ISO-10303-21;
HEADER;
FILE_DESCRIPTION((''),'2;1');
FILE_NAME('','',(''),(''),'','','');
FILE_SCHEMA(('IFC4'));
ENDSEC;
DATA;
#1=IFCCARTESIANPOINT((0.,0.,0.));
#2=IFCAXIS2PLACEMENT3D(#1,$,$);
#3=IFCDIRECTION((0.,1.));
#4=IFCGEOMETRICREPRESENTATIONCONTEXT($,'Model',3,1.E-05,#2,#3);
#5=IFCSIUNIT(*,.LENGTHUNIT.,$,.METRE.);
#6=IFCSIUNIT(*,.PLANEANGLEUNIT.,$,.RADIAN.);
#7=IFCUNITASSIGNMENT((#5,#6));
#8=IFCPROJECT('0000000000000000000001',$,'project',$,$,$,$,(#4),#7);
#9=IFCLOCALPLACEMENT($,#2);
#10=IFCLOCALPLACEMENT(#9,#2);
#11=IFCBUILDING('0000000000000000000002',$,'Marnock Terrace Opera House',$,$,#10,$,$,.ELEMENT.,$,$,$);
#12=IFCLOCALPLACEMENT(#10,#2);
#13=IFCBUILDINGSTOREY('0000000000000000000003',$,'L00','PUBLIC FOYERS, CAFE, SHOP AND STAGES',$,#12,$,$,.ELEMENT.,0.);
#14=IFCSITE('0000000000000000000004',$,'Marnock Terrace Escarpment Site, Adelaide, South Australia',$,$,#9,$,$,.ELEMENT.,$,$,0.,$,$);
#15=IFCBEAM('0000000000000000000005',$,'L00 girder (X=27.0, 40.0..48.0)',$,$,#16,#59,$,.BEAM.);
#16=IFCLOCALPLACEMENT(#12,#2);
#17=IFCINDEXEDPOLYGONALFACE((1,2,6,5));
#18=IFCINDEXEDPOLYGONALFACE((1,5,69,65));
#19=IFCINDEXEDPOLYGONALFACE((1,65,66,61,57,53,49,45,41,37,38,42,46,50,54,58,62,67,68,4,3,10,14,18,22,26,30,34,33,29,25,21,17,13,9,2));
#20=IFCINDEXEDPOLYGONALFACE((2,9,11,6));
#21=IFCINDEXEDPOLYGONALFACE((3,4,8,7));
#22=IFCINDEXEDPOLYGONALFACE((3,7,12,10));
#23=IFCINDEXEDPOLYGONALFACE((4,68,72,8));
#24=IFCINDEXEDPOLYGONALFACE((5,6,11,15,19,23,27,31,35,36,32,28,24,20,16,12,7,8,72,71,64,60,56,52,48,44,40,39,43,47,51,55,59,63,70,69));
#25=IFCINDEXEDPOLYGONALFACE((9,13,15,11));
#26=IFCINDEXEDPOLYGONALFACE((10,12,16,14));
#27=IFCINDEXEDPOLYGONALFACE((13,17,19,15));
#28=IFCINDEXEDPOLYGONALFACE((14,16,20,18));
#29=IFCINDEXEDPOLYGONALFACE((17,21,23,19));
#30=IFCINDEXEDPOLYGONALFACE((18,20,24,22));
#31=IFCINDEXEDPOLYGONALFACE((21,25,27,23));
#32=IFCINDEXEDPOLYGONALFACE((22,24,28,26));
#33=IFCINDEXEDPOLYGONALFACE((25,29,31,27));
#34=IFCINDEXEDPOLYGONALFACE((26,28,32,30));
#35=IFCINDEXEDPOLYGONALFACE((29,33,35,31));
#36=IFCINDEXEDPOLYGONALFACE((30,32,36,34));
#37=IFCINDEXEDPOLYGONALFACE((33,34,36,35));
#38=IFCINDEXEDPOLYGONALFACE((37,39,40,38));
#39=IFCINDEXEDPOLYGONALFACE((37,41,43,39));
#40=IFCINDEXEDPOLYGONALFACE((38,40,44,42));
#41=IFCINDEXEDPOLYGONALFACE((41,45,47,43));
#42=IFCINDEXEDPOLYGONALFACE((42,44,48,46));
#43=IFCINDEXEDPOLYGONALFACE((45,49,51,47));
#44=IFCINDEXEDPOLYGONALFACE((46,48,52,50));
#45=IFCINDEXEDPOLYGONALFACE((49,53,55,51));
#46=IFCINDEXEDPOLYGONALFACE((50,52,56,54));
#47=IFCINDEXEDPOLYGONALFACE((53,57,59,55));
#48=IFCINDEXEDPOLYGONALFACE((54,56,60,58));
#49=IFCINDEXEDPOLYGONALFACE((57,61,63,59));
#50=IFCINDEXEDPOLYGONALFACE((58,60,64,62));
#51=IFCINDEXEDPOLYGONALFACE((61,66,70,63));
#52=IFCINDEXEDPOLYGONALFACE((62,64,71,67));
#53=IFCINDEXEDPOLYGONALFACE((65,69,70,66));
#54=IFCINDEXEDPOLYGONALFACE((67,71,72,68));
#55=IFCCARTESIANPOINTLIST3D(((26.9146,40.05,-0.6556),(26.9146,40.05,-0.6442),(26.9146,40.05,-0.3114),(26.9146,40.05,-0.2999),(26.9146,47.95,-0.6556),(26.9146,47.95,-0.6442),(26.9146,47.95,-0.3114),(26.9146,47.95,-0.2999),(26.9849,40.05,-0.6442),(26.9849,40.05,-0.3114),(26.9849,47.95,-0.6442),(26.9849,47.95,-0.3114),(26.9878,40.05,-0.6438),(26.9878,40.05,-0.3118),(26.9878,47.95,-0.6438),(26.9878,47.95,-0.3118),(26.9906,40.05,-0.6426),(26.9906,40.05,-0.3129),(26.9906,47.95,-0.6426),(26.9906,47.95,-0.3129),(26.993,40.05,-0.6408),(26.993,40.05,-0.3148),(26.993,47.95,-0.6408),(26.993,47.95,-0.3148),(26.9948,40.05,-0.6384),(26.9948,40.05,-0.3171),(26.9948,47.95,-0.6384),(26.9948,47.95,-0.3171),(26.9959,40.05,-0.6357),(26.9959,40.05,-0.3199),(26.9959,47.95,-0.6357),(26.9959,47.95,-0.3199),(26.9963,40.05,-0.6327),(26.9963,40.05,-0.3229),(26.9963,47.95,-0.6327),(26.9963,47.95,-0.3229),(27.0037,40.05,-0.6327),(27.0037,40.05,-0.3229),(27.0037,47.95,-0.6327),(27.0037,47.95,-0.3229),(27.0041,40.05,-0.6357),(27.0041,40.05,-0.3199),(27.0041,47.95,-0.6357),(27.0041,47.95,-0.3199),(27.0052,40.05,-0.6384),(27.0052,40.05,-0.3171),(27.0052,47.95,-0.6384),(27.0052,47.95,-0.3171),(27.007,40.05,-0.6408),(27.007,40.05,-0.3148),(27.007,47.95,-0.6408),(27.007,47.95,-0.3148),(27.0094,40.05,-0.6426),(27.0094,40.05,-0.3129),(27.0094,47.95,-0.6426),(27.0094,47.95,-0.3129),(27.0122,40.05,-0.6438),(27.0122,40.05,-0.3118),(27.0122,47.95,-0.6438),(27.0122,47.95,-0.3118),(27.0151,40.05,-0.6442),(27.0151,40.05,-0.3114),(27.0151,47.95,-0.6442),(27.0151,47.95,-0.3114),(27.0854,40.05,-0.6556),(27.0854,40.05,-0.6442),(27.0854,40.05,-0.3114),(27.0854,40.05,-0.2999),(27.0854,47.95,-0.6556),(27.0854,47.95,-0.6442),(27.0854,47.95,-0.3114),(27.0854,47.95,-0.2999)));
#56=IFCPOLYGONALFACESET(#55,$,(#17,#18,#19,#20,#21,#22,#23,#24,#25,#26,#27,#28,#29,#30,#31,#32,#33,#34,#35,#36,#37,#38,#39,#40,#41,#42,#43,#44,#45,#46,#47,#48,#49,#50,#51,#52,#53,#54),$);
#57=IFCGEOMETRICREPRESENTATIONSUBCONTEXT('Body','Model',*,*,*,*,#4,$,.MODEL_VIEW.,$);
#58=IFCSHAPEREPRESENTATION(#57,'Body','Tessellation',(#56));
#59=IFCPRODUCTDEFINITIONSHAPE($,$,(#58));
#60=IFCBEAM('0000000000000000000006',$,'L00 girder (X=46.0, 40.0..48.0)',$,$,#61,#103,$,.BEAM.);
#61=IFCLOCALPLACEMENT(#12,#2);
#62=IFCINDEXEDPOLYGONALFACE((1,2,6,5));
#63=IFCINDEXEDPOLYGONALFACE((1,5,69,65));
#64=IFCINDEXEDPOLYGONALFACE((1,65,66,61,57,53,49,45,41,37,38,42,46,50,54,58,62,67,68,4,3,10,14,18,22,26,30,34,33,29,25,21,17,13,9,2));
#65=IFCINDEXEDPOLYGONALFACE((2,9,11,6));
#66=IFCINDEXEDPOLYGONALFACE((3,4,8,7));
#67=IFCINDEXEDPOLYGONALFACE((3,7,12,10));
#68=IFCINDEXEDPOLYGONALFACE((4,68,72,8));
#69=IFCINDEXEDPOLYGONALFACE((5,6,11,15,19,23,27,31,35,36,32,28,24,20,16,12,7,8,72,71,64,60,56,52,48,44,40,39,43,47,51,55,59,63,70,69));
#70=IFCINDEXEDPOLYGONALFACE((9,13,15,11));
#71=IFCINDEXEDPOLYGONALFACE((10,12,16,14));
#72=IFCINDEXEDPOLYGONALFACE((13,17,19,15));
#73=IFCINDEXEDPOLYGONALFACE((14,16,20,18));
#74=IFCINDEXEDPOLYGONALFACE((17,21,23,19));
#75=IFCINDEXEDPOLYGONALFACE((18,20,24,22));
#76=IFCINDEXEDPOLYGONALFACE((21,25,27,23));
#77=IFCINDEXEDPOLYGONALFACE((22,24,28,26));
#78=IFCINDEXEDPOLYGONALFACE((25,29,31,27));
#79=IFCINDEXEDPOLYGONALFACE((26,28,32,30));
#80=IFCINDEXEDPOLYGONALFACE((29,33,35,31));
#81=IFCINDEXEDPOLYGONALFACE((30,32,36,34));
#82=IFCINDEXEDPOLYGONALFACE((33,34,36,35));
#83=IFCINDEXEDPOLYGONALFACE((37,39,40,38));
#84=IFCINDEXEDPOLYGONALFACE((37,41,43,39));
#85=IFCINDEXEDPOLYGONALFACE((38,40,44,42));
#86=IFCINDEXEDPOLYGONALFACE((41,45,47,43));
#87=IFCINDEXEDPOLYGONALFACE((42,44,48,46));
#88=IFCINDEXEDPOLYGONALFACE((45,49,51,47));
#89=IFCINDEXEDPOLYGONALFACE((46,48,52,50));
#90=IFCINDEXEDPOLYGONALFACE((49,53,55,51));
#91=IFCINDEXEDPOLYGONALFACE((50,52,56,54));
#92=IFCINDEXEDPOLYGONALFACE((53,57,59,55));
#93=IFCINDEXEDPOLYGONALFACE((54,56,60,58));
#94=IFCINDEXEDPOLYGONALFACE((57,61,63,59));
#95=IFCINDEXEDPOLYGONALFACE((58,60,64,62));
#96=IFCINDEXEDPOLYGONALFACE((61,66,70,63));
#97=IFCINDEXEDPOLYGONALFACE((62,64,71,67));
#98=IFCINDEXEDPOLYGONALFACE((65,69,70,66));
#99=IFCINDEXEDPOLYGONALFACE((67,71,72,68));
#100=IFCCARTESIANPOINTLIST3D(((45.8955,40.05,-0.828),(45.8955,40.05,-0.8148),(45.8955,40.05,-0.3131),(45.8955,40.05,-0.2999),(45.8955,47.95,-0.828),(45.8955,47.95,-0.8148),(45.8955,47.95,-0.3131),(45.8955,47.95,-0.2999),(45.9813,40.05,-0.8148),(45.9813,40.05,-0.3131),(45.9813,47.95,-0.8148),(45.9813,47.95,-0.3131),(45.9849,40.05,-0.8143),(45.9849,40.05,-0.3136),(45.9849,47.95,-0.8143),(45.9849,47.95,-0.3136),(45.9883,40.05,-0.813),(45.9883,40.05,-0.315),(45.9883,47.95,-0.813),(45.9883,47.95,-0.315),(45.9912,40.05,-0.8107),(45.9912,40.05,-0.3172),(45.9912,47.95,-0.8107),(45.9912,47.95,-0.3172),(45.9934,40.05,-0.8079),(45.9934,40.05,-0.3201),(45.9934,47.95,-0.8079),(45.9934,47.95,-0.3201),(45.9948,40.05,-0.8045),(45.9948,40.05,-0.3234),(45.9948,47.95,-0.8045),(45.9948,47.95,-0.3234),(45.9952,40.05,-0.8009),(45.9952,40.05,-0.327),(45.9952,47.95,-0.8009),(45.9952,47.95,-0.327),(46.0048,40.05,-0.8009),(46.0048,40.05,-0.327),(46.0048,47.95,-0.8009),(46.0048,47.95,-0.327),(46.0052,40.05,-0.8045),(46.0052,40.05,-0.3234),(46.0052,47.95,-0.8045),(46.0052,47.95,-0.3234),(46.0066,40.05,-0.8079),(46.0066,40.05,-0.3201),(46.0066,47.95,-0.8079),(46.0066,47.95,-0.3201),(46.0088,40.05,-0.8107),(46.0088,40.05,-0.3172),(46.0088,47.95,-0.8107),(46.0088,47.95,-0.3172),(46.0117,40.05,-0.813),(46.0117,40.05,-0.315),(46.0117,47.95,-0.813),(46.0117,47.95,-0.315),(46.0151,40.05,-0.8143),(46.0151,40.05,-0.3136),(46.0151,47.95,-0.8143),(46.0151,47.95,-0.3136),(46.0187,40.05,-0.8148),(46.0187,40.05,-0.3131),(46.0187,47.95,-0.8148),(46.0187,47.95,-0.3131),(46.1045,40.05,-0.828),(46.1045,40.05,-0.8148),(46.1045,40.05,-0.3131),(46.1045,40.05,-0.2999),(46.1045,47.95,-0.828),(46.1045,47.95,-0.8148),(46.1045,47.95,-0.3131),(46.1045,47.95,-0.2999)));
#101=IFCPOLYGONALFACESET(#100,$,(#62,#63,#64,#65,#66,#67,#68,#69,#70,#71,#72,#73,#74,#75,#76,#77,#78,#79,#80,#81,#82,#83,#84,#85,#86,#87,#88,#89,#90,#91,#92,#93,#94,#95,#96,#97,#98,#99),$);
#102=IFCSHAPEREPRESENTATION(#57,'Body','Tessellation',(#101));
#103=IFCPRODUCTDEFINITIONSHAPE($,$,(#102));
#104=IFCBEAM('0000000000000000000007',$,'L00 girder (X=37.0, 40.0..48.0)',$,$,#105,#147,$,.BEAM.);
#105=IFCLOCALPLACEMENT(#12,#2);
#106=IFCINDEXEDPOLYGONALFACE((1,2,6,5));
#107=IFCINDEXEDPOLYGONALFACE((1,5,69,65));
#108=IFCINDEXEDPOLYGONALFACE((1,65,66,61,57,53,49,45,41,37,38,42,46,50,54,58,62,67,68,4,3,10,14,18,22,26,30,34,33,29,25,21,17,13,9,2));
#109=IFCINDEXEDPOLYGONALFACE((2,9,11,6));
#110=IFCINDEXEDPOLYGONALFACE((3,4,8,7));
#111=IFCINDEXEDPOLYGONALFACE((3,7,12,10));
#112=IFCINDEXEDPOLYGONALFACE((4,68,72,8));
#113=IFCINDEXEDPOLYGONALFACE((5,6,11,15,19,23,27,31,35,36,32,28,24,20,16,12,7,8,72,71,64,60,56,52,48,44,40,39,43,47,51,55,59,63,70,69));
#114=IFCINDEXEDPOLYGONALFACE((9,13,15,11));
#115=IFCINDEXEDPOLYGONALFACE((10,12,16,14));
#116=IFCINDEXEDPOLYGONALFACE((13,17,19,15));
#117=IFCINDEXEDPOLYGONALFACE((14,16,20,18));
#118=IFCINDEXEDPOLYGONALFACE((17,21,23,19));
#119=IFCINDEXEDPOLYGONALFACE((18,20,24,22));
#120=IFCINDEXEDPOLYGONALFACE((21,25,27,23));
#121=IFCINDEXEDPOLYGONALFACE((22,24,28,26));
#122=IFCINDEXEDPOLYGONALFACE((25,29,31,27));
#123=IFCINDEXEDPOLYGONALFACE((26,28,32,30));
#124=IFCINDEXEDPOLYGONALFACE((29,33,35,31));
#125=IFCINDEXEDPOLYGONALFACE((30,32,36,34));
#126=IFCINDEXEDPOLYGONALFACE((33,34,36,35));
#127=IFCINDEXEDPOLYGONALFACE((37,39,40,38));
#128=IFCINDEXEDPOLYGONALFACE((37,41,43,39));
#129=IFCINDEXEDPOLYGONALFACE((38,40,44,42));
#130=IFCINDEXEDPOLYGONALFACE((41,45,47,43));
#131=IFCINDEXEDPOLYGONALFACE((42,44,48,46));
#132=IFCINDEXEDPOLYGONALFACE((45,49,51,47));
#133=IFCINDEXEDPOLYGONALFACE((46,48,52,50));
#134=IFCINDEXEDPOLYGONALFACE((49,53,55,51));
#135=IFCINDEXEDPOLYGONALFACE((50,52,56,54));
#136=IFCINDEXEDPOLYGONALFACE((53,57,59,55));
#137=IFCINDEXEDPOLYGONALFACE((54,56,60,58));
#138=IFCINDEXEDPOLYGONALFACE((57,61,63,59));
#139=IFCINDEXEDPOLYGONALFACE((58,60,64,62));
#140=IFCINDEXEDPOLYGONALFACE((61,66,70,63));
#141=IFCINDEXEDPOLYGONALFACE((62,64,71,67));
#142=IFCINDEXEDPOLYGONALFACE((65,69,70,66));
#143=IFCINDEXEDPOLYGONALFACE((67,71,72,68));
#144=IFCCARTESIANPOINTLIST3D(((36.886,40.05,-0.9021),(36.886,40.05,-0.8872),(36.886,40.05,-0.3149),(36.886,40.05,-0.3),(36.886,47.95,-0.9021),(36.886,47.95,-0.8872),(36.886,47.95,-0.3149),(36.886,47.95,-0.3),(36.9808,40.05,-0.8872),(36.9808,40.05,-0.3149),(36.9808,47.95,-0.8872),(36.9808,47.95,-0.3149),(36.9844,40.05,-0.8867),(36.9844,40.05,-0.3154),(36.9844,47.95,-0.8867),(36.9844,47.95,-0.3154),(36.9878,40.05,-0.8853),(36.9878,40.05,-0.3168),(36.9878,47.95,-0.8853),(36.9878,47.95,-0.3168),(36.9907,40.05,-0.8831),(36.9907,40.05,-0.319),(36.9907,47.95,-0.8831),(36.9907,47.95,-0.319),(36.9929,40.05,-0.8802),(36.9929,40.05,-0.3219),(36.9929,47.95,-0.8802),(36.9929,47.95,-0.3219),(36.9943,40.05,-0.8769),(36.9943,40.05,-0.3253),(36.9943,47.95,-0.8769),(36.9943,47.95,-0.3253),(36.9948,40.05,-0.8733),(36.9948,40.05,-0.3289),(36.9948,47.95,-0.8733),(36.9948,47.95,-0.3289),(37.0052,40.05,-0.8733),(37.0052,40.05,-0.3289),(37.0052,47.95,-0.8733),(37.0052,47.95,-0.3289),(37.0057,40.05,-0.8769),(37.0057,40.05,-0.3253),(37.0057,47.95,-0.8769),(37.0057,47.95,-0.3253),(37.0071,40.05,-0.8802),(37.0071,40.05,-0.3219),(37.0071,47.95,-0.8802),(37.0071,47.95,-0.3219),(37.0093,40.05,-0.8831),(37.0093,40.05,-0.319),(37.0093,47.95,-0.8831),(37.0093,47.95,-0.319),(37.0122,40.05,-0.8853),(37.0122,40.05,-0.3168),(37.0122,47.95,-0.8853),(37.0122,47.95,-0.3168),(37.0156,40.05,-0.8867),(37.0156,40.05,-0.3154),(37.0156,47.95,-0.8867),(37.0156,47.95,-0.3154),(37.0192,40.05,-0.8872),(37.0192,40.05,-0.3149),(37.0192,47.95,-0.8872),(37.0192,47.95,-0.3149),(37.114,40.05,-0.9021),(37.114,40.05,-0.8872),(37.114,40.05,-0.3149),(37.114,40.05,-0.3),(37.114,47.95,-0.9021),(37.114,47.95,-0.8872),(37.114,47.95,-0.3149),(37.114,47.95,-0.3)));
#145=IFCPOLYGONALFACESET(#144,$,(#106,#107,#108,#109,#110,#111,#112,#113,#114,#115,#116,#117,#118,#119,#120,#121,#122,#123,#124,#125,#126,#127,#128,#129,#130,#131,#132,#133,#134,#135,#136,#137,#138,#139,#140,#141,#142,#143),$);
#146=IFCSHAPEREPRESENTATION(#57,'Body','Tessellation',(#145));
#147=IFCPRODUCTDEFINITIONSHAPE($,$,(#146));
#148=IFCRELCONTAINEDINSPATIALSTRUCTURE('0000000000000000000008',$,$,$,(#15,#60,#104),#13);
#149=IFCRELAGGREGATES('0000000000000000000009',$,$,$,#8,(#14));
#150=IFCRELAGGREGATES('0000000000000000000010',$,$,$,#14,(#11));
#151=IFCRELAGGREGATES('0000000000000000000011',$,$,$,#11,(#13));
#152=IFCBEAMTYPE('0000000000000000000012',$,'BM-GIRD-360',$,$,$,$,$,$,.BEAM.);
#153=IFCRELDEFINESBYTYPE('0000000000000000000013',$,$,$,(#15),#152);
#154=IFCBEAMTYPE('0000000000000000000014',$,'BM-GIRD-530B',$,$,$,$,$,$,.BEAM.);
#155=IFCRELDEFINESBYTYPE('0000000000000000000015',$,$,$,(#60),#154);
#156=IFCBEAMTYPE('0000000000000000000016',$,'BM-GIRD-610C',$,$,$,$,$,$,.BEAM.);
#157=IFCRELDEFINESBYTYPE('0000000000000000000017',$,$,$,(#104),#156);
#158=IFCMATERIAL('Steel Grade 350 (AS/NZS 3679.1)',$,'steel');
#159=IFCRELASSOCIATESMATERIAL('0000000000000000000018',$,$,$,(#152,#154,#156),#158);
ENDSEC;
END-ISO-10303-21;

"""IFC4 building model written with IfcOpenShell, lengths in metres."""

from ifc_helpers import new_model, si_unit, direction, frame, origin, origin_2d, place, context, subcontext, project, spatial, i_section, extrude, material, material_profile, profile_set, type_object, element, save


model = new_model("IFC4")

# Units and contexts
model_context = context("Model", 3, precision=1e-05, world=origin(), true_north=direction((0.0, 1.0)))
body_context = subcontext(model_context, "Body", "Model", "MODEL_VIEW")
ifc_project = project(units=[si_unit("LENGTHUNIT", "METRE"), si_unit("PLANEANGLEUNIT", "RADIAN")], contexts=[model_context])

# Site, building, storey
site_placement = place(None, origin())
site = spatial("IfcSite", under=ifc_project, at=site_placement, Name="Marnock Terrace Escarpment Site, Adelaide, South Australia", CompositionType="ELEMENT", RefElevation=0.0)
building_placement = place(site_placement, origin())
building = spatial("IfcBuilding", under=site, at=building_placement, Name="Marnock Terrace Opera House", CompositionType="ELEMENT")
storey_placement = place(building_placement, origin())
storey = spatial("IfcBuildingStorey", under=building, at=storey_placement, Name="L00", Description="PUBLIC FOYERS, CAFE, SHOP AND STAGES", CompositionType="ELEMENT", Elevation=0.0)

# Beams
ifc_material_1 = material(Name="Steel Grade 350 (AS/NZS 3679.1)", Category="steel")
ifc_material_profile_1 = material_profile(ifc_material_1, i_section(OverallWidth=0.1709, OverallDepth=0.3557, WebThickness=0.0073, FlangeThickness=0.0115, FilletRadius=0.0115, at=origin_2d()))
ifc_profile_set_1 = profile_set([ifc_material_profile_1], Name="Steel Grade 350 (AS/NZS 3679.1)")
beam_type_1 = type_object("IfcBeamType", Name="BM-GIRD-360", PredefinedType="BEAM", material=ifc_profile_set_1)
beam_1_placement = place(storey_placement, frame((27.0, 40.05, -0.4778), z_axis=(0.0, 1.0, 0.0), x_axis=(-1.0, 0.0, 0.0)))
element("IfcBeam", 1, at=beam_1_placement, inside=storey, type_object=beam_type_1, Name="L00 girder (X=27.0, 40.0..48.0)", PredefinedType="BEAM", context=body_context, shape_type="SweptSolid", body=[
    extrude(i_section(OverallWidth=0.1709, OverallDepth=0.3557, WebThickness=0.0073, FlangeThickness=0.0115, FilletRadius=0.0115, at=origin_2d()), origin(), (0.0, 0.0, 1.0), 7.8999),
])
ifc_material_profile_2 = material_profile(ifc_material_1, i_section(OverallWidth=0.209, OverallDepth=0.5281, WebThickness=0.0095, FlangeThickness=0.0132, FilletRadius=0.0139, at=origin_2d()))
ifc_profile_set_2 = profile_set([ifc_material_profile_2], Name="Steel Grade 350 (AS/NZS 3679.1)")
beam_type_2 = type_object("IfcBeamType", Name="BM-GIRD-530B", PredefinedType="BEAM", material=ifc_profile_set_2)
beam_2_placement = place(storey_placement, frame((46.0, 40.05, -0.564), z_axis=(0.0, 1.0, 0.0), x_axis=(-1.0, 0.0, 0.0)))
element("IfcBeam", 2, at=beam_2_placement, inside=storey, type_object=beam_type_2, Name="L00 girder (X=46.0, 40.0..48.0)", PredefinedType="BEAM", context=body_context, shape_type="SweptSolid", body=[
    extrude(i_section(OverallWidth=0.209, OverallDepth=0.5281, WebThickness=0.0095, FlangeThickness=0.0132, FilletRadius=0.0139, at=origin_2d()), origin(), (0.0, 0.0, 1.0), 7.8999),
])
ifc_material_profile_3 = material_profile(ifc_material_1, i_section(OverallWidth=0.228, OverallDepth=0.6021, WebThickness=0.0105, FlangeThickness=0.0149, FilletRadius=0.0139, at=origin_2d()))
ifc_profile_set_3 = profile_set([ifc_material_profile_3], Name="Steel Grade 350 (AS/NZS 3679.1)")
beam_type_3 = type_object("IfcBeamType", Name="BM-GIRD-610C", PredefinedType="BEAM", material=ifc_profile_set_3)
beam_3_placement = place(storey_placement, frame((37.0, 40.05, -0.6011), z_axis=(0.0, 1.0, 0.0), x_axis=(-1.0, 0.0, 0.0)))
element("IfcBeam", 3, at=beam_3_placement, inside=storey, type_object=beam_type_3, Name="L00 girder (X=37.0, 40.0..48.0)", PredefinedType="BEAM", context=body_context, shape_type="SweptSolid", body=[
    extrude(i_section(OverallWidth=0.228, OverallDepth=0.6021, WebThickness=0.0105, FlangeThickness=0.0149, FilletRadius=0.0139, at=origin_2d()), origin(), (0.0, 0.0, 1.0), 7.8999),
])

save(model, "model.ifc")
